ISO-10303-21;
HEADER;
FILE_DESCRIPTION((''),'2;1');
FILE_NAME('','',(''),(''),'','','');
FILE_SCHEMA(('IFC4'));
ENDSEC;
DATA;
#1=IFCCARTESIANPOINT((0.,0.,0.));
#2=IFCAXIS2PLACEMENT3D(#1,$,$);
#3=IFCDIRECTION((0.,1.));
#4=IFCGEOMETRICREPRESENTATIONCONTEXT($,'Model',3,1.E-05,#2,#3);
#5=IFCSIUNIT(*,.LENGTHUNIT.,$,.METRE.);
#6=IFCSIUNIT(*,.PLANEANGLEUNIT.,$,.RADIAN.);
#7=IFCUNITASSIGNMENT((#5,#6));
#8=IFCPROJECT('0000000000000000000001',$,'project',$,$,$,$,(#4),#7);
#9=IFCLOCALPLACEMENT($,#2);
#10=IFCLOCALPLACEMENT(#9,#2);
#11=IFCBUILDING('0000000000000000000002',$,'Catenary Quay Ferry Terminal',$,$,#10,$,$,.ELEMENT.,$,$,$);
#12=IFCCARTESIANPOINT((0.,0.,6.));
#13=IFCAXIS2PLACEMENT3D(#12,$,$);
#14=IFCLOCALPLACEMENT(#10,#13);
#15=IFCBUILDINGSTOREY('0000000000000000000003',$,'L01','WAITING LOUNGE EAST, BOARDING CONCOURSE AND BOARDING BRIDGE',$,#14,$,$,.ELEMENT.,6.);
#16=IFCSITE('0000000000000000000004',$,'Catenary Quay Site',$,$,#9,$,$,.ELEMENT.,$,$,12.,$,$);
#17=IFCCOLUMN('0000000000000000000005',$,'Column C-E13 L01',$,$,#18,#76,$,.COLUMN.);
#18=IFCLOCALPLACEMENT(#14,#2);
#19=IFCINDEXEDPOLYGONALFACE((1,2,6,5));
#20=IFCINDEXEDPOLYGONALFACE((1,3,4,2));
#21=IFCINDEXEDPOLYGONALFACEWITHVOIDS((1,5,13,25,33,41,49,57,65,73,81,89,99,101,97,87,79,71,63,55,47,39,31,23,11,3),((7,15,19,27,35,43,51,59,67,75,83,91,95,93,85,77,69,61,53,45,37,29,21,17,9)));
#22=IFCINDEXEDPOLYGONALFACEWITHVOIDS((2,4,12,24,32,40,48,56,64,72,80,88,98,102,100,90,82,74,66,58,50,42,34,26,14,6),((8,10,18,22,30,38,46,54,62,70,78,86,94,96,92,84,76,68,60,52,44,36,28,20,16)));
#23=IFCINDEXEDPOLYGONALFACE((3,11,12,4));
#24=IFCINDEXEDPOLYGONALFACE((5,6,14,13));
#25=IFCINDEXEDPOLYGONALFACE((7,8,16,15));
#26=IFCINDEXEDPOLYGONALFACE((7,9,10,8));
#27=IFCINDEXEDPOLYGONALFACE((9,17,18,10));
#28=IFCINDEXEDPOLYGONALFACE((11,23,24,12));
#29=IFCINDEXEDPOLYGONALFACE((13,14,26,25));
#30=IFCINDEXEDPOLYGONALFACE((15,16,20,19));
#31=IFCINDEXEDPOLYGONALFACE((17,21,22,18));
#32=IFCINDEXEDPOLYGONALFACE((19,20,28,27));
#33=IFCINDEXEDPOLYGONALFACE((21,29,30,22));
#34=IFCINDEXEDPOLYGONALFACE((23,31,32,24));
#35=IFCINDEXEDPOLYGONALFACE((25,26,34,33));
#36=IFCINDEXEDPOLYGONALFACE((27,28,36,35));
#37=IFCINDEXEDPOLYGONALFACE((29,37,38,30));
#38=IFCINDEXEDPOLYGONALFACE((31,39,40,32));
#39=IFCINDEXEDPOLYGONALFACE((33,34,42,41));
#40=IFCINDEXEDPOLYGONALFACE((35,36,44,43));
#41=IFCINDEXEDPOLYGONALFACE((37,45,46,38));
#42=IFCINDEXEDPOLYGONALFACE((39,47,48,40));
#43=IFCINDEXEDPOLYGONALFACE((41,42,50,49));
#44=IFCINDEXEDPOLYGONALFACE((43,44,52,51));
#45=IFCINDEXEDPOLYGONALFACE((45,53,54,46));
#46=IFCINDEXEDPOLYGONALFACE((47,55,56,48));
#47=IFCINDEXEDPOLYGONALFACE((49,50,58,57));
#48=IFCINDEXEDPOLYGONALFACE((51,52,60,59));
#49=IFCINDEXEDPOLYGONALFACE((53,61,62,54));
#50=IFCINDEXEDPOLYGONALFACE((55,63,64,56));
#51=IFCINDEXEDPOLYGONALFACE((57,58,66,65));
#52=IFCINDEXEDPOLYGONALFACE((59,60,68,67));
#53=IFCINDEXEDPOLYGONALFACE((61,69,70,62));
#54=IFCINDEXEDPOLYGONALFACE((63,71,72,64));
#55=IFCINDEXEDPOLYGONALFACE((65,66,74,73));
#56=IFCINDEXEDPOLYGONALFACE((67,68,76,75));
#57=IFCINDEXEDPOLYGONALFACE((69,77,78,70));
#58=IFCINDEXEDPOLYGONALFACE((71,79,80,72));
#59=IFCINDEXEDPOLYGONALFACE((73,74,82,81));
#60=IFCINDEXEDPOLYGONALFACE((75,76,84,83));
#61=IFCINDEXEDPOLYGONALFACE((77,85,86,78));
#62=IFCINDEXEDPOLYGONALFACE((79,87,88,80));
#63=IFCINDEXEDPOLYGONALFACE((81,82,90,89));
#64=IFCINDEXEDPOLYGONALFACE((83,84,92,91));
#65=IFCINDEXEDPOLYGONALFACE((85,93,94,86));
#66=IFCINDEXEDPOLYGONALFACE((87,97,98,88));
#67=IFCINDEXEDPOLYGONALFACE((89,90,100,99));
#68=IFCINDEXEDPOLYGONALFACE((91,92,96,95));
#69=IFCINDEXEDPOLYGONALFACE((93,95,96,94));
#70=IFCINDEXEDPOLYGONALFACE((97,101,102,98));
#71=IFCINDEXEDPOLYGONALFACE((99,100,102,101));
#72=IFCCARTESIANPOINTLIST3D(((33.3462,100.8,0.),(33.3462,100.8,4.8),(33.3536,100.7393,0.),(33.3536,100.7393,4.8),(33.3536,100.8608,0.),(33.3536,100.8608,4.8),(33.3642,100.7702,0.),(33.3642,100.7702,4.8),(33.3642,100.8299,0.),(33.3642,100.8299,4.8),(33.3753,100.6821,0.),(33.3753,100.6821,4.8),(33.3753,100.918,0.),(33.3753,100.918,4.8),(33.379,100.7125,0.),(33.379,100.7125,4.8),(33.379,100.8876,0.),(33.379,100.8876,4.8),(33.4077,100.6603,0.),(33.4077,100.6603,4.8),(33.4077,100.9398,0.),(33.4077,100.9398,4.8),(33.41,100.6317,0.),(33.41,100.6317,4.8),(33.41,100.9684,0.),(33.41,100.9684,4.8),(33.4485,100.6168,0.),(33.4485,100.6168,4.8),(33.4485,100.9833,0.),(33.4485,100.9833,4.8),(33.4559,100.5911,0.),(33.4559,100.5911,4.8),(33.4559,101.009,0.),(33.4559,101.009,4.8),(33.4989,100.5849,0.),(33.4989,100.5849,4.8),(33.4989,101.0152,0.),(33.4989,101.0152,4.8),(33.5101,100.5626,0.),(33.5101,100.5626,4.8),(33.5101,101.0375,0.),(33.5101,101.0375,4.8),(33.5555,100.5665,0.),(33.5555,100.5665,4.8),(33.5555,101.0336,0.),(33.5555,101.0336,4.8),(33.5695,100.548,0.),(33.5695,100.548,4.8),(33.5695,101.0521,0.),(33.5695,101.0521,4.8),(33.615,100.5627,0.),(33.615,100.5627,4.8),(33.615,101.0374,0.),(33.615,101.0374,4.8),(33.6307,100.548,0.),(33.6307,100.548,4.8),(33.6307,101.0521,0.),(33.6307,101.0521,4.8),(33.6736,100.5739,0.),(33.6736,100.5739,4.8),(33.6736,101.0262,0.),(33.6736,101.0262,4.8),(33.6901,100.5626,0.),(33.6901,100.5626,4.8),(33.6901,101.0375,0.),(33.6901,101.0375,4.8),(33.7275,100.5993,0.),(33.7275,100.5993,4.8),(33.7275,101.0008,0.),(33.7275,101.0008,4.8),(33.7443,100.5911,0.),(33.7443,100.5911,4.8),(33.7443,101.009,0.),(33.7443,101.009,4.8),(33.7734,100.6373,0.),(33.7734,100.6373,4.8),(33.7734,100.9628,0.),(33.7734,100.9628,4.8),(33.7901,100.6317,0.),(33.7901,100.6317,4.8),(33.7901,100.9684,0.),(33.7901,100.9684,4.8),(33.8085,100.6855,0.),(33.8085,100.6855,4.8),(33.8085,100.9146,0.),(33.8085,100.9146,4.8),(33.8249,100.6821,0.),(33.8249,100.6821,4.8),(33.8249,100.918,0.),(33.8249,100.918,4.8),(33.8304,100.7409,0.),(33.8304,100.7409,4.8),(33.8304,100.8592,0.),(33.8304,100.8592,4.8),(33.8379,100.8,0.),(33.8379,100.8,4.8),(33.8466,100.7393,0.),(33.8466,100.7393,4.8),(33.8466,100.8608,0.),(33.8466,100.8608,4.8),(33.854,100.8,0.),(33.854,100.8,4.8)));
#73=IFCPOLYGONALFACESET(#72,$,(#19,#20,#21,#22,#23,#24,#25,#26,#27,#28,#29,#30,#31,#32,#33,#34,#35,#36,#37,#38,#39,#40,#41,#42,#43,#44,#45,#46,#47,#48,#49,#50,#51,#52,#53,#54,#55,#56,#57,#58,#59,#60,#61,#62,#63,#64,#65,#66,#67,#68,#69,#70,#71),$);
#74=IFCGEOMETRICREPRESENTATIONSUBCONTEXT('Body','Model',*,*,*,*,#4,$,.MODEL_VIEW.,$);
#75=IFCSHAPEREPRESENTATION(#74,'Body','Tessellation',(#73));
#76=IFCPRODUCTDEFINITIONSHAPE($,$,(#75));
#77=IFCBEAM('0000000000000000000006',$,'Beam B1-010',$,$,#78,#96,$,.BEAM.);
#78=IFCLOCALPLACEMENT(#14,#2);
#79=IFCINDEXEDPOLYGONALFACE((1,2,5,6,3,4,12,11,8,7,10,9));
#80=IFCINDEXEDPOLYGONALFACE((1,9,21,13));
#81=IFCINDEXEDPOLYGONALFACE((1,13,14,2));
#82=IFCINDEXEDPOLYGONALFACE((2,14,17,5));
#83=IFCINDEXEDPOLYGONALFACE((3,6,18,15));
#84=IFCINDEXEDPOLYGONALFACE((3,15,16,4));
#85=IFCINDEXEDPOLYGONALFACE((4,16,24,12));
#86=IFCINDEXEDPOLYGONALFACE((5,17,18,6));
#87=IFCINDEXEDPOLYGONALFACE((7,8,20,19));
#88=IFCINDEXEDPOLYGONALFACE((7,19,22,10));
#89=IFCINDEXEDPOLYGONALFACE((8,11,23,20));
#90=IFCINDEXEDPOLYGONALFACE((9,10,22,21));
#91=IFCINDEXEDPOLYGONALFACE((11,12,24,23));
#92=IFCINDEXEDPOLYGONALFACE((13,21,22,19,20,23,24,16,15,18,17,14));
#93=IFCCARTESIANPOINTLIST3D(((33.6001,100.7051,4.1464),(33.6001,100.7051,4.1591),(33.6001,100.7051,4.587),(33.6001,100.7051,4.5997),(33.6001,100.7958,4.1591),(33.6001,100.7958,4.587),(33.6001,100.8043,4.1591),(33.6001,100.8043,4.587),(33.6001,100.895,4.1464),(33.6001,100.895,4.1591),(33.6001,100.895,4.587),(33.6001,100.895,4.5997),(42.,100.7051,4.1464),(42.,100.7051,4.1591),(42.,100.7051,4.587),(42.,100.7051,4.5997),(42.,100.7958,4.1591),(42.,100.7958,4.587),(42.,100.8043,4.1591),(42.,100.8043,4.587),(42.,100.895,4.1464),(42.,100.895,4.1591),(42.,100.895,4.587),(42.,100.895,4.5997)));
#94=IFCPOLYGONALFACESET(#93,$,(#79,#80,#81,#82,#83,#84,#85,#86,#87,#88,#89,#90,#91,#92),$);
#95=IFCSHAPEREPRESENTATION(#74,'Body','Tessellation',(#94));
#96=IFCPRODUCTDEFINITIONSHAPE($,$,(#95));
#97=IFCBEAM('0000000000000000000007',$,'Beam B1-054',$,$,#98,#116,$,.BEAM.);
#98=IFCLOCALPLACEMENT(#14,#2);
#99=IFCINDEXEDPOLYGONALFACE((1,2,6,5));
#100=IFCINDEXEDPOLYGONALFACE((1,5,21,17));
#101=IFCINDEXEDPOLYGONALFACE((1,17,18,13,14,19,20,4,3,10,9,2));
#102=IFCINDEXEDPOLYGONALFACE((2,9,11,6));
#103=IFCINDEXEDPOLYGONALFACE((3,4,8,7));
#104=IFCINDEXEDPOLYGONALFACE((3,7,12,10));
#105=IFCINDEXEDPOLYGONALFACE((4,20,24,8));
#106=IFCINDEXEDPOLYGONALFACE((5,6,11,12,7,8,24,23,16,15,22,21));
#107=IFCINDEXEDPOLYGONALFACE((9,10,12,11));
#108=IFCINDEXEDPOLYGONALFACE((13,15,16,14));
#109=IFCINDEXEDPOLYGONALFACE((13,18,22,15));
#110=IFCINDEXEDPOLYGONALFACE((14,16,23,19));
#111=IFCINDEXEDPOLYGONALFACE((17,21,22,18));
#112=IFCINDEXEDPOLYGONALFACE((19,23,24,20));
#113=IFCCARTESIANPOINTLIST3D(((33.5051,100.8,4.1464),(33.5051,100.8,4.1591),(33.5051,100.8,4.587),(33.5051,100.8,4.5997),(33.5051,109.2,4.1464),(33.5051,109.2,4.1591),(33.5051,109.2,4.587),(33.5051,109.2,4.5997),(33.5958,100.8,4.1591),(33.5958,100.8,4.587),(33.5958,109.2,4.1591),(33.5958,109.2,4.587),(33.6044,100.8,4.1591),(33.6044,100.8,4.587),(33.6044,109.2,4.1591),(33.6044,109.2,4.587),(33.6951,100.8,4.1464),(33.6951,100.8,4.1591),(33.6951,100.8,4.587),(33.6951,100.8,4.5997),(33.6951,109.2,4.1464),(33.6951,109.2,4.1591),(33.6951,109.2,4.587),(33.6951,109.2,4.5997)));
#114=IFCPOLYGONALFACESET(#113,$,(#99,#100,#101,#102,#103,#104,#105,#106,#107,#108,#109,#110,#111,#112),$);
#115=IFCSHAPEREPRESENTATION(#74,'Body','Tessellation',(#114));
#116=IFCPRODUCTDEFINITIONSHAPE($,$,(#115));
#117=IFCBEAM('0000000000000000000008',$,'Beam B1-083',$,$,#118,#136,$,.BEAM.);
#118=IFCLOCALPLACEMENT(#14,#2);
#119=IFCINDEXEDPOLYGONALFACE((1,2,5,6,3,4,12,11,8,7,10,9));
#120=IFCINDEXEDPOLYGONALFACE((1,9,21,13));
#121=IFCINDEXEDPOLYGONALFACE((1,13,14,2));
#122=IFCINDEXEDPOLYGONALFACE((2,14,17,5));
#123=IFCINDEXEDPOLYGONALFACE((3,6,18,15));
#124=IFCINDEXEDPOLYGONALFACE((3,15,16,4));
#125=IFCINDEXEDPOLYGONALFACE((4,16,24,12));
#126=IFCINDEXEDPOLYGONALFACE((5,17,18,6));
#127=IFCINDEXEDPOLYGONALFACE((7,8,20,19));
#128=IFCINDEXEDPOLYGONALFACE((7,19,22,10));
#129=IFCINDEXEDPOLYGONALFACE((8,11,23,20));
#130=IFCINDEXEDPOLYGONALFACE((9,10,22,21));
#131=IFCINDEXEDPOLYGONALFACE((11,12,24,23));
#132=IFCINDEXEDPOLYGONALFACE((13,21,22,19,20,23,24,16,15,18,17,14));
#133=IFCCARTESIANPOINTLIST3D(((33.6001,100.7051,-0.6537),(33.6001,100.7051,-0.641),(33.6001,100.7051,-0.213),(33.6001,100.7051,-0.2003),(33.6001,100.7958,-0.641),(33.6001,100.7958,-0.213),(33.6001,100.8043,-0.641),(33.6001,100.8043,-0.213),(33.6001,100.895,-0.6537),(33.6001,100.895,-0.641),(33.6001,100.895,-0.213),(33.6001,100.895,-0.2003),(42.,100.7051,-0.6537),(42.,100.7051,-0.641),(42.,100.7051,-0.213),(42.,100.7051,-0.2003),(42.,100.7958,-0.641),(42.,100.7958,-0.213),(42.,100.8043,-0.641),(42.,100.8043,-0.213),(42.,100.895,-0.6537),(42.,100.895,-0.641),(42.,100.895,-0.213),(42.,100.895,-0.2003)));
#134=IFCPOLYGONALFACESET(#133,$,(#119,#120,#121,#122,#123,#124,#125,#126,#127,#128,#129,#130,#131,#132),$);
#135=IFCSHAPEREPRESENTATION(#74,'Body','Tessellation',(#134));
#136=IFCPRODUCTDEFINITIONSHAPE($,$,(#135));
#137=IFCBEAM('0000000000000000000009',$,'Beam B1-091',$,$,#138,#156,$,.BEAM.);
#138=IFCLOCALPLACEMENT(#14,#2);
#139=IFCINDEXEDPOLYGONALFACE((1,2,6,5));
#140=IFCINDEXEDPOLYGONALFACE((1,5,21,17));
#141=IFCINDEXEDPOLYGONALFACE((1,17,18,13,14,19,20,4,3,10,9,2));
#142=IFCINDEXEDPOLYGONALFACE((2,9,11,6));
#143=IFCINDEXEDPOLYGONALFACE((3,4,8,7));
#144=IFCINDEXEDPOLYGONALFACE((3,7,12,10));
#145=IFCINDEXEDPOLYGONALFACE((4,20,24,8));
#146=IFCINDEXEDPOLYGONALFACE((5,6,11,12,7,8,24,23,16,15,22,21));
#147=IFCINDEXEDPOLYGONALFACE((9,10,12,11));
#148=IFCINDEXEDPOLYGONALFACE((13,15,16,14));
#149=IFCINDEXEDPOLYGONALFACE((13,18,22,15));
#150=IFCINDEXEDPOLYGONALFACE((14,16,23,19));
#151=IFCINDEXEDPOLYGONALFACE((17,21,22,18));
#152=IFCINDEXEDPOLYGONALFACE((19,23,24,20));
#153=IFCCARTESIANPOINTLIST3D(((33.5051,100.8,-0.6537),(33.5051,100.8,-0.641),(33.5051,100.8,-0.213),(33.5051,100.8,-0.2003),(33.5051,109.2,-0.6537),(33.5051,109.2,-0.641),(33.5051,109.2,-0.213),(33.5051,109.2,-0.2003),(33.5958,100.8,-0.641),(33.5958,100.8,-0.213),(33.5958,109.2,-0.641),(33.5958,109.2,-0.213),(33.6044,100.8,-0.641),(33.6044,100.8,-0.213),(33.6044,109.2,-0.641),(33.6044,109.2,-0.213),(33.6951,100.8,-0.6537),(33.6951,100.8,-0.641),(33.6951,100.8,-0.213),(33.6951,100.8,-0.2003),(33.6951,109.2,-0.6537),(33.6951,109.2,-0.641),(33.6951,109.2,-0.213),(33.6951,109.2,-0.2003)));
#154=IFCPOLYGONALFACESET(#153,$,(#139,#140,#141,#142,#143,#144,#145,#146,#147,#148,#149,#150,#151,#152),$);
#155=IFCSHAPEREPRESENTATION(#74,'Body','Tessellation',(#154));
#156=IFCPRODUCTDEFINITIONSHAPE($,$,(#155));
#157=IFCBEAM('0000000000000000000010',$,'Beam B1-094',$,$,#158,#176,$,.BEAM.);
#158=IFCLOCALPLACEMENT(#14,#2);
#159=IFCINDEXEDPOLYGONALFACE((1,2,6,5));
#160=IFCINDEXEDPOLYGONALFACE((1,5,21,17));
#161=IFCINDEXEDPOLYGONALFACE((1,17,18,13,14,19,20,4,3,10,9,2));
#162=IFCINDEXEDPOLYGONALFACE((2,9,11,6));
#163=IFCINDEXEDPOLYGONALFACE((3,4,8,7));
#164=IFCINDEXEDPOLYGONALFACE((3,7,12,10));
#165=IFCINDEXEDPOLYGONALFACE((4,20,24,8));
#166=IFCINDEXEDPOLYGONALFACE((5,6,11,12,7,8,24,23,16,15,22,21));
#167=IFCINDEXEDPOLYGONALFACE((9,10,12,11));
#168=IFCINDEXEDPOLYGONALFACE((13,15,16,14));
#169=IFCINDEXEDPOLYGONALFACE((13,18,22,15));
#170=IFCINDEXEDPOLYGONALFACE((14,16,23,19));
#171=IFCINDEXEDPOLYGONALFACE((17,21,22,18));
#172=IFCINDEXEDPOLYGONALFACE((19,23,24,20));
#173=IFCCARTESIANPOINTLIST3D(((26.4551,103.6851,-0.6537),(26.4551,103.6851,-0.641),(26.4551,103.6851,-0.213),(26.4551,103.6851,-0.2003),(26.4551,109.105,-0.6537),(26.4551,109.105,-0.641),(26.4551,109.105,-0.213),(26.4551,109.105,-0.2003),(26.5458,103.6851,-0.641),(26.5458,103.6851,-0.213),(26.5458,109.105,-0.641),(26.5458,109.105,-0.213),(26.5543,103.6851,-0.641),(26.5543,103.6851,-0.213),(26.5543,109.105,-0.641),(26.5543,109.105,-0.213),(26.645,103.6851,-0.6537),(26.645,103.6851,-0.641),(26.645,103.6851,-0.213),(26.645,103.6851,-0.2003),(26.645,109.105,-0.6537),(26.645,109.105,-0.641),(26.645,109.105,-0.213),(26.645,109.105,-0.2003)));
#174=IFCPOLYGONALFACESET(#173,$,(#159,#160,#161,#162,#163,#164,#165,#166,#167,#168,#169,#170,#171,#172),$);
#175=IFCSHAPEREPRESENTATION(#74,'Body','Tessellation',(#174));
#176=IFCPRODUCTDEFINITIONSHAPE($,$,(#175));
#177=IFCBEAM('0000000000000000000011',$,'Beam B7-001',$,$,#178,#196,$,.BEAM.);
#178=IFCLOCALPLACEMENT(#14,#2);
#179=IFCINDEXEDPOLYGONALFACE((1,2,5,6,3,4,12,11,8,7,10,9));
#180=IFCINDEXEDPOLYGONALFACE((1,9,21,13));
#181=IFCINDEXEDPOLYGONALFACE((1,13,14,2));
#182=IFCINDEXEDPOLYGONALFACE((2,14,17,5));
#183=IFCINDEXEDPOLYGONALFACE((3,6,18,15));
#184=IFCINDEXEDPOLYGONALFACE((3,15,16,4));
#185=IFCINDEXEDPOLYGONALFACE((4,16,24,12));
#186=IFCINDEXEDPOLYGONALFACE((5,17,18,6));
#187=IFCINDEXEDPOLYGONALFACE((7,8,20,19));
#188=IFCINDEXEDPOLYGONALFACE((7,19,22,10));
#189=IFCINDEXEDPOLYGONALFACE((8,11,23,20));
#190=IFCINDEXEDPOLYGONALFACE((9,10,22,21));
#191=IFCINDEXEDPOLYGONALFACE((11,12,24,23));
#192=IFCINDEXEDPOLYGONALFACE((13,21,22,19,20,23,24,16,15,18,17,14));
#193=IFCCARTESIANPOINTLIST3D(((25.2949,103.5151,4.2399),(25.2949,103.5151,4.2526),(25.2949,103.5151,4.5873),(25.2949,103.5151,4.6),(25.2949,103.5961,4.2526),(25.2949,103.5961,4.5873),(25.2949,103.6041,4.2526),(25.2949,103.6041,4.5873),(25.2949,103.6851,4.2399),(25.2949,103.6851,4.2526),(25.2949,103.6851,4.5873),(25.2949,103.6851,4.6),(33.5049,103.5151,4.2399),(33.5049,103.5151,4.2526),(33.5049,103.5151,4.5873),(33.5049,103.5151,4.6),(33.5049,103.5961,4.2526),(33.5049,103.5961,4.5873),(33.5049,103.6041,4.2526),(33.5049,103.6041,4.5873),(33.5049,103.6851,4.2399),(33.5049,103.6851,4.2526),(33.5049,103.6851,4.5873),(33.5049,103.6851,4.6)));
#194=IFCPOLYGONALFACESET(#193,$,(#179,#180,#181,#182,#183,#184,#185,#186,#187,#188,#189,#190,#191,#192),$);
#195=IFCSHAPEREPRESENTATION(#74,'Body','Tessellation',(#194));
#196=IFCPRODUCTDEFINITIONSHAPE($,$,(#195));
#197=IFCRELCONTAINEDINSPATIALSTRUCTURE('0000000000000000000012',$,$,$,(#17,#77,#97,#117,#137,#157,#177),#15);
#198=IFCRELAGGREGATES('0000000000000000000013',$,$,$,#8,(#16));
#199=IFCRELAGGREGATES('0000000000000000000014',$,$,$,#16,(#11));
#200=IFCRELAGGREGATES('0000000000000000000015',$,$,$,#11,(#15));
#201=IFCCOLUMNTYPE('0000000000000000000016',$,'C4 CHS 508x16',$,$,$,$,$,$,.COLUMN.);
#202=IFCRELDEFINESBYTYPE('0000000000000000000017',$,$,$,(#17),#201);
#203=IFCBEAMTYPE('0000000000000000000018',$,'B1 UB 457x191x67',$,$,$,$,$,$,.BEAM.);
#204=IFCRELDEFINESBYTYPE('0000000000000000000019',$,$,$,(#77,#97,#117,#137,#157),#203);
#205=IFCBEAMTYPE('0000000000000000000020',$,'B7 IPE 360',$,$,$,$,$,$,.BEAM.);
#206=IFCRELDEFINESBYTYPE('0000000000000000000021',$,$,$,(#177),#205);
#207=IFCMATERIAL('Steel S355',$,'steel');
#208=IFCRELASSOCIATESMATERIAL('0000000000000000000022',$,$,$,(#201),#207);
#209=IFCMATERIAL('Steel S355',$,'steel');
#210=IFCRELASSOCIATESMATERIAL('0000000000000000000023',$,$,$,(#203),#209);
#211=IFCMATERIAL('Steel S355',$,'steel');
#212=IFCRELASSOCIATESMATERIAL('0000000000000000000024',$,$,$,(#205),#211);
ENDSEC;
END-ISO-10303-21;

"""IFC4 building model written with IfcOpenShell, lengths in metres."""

from ifc_helpers import new_model, si_unit, direction, frame, origin, origin_2d, place, context, subcontext, project, spatial, hollow_circle, i_section, extrude, material, material_profile, profile_set, type_object, element, save


model = new_model("IFC4")

# Units and contexts
model_context = context("Model", 3, precision=1e-05, world=origin(), true_north=direction((0.0, 1.0)))
body_context = subcontext(model_context, "Body", "Model", "MODEL_VIEW")
ifc_project = project(units=[si_unit("LENGTHUNIT", "METRE"), si_unit("PLANEANGLEUNIT", "RADIAN")], contexts=[model_context])

# Site, building, storey
site_placement = place(None, origin())
site = spatial("IfcSite", under=ifc_project, at=site_placement, Name="Catenary Quay Site", CompositionType="ELEMENT", RefElevation=12.0)
building_placement = place(site_placement, origin())
building = spatial("IfcBuilding", under=site, at=building_placement, Name="Catenary Quay Ferry Terminal", CompositionType="ELEMENT")
storey_placement = place(building_placement, frame((0.0, 0.0, 6.0)))
storey = spatial("IfcBuildingStorey", under=building, at=storey_placement, Name="L01", Description="WAITING LOUNGE EAST, BOARDING CONCOURSE AND BOARDING BRIDGE", CompositionType="ELEMENT", Elevation=6.0)

# Column
ifc_material_1 = material(Name="Steel S355", Category="steel")
ifc_material_profile_1 = material_profile(ifc_material_1, hollow_circle(Radius=0.2539, WallThickness=0.0161, at=origin_2d()), Name="CHS 508x16")
ifc_profile_set_1 = profile_set([ifc_material_profile_1], Name="Steel S355")
column_type = type_object("IfcColumnType", Name="C4 CHS 508x16", PredefinedType="COLUMN", material=ifc_profile_set_1)
column_placement = place(storey_placement, frame((33.6001, 100.8, 0.0), z_axis=(0.0, 0.0, 1.0), x_axis=(1.0, 0.0, 0.0)))
element("IfcColumn", 1, at=column_placement, inside=storey, type_object=column_type, Name="Column C-E13 L01", PredefinedType="COLUMN", context=body_context, shape_type="SweptSolid", body=[
    extrude(hollow_circle(Radius=0.2539, WallThickness=0.0161, at=origin_2d()), origin(), (0.0, 0.0, 1.0), 4.8),
])

# Beams
ifc_material_2 = material(Name="Steel S355", Category="steel")
ifc_material_profile_2 = material_profile(ifc_material_2, i_section(OverallWidth=0.1899, OverallDepth=0.4534, WebThickness=0.0085, FlangeThickness=0.0127, at=origin_2d()), Name="UB 457x191x67")
ifc_profile_set_2 = profile_set([ifc_material_profile_2], Name="Steel S355")
beam_type_1 = type_object("IfcBeamType", Name="B1 UB 457x191x67", PredefinedType="BEAM", material=ifc_profile_set_2)
for number, where, z_axis, x_axis, name in (
    (2, (33.6001, 100.8, 4.373), (1.0, 0.0, 0.0), (0.0, 1.0, 0.0), "Beam B1-010"),
    (3, (33.6001, 100.8, 4.373), (0.0, 1.0, 0.0), (-1.0, 0.0, 0.0), "Beam B1-054"),
    (4, (33.6001, 100.8, -0.427), (1.0, 0.0, 0.0), (0.0, 1.0, 0.0), "Beam B1-083"),
    (5, (33.6001, 100.8, -0.427), (0.0, 1.0, 0.0), (-1.0, 0.0, 0.0), "Beam B1-091"),
):
    element("IfcBeam", number, at=place(storey_placement, frame(where, z_axis=z_axis, x_axis=x_axis)), inside=storey, type_object=beam_type_1, Name=name, PredefinedType="BEAM", context=body_context, shape_type="SweptSolid", body=[
        extrude(i_section(OverallWidth=0.1899, OverallDepth=0.4534, WebThickness=0.0085, FlangeThickness=0.0127, at=origin_2d()), origin(), (0.0, 0.0, 1.0), 8.3999),
    ])
beam_placement = place(storey_placement, frame((26.55, 103.6851, -0.427), z_axis=(0.0, 1.0, 0.0), x_axis=(-1.0, 0.0, 0.0)))
element("IfcBeam", 6, at=beam_placement, inside=storey, type_object=beam_type_1, Name="Beam B1-094", PredefinedType="BEAM", context=body_context, shape_type="SweptSolid", body=[
    extrude(i_section(OverallWidth=0.1899, OverallDepth=0.4534, WebThickness=0.0085, FlangeThickness=0.0127, at=origin_2d()), origin(), (0.0, 0.0, 1.0), 5.4199),
])
ifc_material_3 = material(Name="Steel S355", Category="steel")
ifc_material_profile_3 = material_profile(ifc_material_3, i_section(OverallWidth=0.1699, OverallDepth=0.3601, WebThickness=0.0081, FlangeThickness=0.0127, at=origin_2d()), Name="IPE 360")
ifc_profile_set_3 = profile_set([ifc_material_profile_3], Name="Steel S355")
beam_type_2 = type_object("IfcBeamType", Name="B7 IPE 360", PredefinedType="BEAM", material=ifc_profile_set_3)
for number, where, z_axis, x_axis, name in (
    (7, (25.2949, 103.6001, 4.4199), (1.0, 0.0, 0.0), (0.0, 1.0, 0.0), "Beam B7-001"),
):
    element("IfcBeam", number, at=place(storey_placement, frame(where, z_axis=z_axis, x_axis=x_axis)), inside=storey, type_object=beam_type_2, Name=name, PredefinedType="BEAM", context=body_context, shape_type="SweptSolid", body=[
        extrude(i_section(OverallWidth=0.1699, OverallDepth=0.3601, WebThickness=0.0081, FlangeThickness=0.0127, at=origin_2d()), origin(), (0.0, 0.0, 1.0), 8.21),
    ])

save(model, "model.ifc")
